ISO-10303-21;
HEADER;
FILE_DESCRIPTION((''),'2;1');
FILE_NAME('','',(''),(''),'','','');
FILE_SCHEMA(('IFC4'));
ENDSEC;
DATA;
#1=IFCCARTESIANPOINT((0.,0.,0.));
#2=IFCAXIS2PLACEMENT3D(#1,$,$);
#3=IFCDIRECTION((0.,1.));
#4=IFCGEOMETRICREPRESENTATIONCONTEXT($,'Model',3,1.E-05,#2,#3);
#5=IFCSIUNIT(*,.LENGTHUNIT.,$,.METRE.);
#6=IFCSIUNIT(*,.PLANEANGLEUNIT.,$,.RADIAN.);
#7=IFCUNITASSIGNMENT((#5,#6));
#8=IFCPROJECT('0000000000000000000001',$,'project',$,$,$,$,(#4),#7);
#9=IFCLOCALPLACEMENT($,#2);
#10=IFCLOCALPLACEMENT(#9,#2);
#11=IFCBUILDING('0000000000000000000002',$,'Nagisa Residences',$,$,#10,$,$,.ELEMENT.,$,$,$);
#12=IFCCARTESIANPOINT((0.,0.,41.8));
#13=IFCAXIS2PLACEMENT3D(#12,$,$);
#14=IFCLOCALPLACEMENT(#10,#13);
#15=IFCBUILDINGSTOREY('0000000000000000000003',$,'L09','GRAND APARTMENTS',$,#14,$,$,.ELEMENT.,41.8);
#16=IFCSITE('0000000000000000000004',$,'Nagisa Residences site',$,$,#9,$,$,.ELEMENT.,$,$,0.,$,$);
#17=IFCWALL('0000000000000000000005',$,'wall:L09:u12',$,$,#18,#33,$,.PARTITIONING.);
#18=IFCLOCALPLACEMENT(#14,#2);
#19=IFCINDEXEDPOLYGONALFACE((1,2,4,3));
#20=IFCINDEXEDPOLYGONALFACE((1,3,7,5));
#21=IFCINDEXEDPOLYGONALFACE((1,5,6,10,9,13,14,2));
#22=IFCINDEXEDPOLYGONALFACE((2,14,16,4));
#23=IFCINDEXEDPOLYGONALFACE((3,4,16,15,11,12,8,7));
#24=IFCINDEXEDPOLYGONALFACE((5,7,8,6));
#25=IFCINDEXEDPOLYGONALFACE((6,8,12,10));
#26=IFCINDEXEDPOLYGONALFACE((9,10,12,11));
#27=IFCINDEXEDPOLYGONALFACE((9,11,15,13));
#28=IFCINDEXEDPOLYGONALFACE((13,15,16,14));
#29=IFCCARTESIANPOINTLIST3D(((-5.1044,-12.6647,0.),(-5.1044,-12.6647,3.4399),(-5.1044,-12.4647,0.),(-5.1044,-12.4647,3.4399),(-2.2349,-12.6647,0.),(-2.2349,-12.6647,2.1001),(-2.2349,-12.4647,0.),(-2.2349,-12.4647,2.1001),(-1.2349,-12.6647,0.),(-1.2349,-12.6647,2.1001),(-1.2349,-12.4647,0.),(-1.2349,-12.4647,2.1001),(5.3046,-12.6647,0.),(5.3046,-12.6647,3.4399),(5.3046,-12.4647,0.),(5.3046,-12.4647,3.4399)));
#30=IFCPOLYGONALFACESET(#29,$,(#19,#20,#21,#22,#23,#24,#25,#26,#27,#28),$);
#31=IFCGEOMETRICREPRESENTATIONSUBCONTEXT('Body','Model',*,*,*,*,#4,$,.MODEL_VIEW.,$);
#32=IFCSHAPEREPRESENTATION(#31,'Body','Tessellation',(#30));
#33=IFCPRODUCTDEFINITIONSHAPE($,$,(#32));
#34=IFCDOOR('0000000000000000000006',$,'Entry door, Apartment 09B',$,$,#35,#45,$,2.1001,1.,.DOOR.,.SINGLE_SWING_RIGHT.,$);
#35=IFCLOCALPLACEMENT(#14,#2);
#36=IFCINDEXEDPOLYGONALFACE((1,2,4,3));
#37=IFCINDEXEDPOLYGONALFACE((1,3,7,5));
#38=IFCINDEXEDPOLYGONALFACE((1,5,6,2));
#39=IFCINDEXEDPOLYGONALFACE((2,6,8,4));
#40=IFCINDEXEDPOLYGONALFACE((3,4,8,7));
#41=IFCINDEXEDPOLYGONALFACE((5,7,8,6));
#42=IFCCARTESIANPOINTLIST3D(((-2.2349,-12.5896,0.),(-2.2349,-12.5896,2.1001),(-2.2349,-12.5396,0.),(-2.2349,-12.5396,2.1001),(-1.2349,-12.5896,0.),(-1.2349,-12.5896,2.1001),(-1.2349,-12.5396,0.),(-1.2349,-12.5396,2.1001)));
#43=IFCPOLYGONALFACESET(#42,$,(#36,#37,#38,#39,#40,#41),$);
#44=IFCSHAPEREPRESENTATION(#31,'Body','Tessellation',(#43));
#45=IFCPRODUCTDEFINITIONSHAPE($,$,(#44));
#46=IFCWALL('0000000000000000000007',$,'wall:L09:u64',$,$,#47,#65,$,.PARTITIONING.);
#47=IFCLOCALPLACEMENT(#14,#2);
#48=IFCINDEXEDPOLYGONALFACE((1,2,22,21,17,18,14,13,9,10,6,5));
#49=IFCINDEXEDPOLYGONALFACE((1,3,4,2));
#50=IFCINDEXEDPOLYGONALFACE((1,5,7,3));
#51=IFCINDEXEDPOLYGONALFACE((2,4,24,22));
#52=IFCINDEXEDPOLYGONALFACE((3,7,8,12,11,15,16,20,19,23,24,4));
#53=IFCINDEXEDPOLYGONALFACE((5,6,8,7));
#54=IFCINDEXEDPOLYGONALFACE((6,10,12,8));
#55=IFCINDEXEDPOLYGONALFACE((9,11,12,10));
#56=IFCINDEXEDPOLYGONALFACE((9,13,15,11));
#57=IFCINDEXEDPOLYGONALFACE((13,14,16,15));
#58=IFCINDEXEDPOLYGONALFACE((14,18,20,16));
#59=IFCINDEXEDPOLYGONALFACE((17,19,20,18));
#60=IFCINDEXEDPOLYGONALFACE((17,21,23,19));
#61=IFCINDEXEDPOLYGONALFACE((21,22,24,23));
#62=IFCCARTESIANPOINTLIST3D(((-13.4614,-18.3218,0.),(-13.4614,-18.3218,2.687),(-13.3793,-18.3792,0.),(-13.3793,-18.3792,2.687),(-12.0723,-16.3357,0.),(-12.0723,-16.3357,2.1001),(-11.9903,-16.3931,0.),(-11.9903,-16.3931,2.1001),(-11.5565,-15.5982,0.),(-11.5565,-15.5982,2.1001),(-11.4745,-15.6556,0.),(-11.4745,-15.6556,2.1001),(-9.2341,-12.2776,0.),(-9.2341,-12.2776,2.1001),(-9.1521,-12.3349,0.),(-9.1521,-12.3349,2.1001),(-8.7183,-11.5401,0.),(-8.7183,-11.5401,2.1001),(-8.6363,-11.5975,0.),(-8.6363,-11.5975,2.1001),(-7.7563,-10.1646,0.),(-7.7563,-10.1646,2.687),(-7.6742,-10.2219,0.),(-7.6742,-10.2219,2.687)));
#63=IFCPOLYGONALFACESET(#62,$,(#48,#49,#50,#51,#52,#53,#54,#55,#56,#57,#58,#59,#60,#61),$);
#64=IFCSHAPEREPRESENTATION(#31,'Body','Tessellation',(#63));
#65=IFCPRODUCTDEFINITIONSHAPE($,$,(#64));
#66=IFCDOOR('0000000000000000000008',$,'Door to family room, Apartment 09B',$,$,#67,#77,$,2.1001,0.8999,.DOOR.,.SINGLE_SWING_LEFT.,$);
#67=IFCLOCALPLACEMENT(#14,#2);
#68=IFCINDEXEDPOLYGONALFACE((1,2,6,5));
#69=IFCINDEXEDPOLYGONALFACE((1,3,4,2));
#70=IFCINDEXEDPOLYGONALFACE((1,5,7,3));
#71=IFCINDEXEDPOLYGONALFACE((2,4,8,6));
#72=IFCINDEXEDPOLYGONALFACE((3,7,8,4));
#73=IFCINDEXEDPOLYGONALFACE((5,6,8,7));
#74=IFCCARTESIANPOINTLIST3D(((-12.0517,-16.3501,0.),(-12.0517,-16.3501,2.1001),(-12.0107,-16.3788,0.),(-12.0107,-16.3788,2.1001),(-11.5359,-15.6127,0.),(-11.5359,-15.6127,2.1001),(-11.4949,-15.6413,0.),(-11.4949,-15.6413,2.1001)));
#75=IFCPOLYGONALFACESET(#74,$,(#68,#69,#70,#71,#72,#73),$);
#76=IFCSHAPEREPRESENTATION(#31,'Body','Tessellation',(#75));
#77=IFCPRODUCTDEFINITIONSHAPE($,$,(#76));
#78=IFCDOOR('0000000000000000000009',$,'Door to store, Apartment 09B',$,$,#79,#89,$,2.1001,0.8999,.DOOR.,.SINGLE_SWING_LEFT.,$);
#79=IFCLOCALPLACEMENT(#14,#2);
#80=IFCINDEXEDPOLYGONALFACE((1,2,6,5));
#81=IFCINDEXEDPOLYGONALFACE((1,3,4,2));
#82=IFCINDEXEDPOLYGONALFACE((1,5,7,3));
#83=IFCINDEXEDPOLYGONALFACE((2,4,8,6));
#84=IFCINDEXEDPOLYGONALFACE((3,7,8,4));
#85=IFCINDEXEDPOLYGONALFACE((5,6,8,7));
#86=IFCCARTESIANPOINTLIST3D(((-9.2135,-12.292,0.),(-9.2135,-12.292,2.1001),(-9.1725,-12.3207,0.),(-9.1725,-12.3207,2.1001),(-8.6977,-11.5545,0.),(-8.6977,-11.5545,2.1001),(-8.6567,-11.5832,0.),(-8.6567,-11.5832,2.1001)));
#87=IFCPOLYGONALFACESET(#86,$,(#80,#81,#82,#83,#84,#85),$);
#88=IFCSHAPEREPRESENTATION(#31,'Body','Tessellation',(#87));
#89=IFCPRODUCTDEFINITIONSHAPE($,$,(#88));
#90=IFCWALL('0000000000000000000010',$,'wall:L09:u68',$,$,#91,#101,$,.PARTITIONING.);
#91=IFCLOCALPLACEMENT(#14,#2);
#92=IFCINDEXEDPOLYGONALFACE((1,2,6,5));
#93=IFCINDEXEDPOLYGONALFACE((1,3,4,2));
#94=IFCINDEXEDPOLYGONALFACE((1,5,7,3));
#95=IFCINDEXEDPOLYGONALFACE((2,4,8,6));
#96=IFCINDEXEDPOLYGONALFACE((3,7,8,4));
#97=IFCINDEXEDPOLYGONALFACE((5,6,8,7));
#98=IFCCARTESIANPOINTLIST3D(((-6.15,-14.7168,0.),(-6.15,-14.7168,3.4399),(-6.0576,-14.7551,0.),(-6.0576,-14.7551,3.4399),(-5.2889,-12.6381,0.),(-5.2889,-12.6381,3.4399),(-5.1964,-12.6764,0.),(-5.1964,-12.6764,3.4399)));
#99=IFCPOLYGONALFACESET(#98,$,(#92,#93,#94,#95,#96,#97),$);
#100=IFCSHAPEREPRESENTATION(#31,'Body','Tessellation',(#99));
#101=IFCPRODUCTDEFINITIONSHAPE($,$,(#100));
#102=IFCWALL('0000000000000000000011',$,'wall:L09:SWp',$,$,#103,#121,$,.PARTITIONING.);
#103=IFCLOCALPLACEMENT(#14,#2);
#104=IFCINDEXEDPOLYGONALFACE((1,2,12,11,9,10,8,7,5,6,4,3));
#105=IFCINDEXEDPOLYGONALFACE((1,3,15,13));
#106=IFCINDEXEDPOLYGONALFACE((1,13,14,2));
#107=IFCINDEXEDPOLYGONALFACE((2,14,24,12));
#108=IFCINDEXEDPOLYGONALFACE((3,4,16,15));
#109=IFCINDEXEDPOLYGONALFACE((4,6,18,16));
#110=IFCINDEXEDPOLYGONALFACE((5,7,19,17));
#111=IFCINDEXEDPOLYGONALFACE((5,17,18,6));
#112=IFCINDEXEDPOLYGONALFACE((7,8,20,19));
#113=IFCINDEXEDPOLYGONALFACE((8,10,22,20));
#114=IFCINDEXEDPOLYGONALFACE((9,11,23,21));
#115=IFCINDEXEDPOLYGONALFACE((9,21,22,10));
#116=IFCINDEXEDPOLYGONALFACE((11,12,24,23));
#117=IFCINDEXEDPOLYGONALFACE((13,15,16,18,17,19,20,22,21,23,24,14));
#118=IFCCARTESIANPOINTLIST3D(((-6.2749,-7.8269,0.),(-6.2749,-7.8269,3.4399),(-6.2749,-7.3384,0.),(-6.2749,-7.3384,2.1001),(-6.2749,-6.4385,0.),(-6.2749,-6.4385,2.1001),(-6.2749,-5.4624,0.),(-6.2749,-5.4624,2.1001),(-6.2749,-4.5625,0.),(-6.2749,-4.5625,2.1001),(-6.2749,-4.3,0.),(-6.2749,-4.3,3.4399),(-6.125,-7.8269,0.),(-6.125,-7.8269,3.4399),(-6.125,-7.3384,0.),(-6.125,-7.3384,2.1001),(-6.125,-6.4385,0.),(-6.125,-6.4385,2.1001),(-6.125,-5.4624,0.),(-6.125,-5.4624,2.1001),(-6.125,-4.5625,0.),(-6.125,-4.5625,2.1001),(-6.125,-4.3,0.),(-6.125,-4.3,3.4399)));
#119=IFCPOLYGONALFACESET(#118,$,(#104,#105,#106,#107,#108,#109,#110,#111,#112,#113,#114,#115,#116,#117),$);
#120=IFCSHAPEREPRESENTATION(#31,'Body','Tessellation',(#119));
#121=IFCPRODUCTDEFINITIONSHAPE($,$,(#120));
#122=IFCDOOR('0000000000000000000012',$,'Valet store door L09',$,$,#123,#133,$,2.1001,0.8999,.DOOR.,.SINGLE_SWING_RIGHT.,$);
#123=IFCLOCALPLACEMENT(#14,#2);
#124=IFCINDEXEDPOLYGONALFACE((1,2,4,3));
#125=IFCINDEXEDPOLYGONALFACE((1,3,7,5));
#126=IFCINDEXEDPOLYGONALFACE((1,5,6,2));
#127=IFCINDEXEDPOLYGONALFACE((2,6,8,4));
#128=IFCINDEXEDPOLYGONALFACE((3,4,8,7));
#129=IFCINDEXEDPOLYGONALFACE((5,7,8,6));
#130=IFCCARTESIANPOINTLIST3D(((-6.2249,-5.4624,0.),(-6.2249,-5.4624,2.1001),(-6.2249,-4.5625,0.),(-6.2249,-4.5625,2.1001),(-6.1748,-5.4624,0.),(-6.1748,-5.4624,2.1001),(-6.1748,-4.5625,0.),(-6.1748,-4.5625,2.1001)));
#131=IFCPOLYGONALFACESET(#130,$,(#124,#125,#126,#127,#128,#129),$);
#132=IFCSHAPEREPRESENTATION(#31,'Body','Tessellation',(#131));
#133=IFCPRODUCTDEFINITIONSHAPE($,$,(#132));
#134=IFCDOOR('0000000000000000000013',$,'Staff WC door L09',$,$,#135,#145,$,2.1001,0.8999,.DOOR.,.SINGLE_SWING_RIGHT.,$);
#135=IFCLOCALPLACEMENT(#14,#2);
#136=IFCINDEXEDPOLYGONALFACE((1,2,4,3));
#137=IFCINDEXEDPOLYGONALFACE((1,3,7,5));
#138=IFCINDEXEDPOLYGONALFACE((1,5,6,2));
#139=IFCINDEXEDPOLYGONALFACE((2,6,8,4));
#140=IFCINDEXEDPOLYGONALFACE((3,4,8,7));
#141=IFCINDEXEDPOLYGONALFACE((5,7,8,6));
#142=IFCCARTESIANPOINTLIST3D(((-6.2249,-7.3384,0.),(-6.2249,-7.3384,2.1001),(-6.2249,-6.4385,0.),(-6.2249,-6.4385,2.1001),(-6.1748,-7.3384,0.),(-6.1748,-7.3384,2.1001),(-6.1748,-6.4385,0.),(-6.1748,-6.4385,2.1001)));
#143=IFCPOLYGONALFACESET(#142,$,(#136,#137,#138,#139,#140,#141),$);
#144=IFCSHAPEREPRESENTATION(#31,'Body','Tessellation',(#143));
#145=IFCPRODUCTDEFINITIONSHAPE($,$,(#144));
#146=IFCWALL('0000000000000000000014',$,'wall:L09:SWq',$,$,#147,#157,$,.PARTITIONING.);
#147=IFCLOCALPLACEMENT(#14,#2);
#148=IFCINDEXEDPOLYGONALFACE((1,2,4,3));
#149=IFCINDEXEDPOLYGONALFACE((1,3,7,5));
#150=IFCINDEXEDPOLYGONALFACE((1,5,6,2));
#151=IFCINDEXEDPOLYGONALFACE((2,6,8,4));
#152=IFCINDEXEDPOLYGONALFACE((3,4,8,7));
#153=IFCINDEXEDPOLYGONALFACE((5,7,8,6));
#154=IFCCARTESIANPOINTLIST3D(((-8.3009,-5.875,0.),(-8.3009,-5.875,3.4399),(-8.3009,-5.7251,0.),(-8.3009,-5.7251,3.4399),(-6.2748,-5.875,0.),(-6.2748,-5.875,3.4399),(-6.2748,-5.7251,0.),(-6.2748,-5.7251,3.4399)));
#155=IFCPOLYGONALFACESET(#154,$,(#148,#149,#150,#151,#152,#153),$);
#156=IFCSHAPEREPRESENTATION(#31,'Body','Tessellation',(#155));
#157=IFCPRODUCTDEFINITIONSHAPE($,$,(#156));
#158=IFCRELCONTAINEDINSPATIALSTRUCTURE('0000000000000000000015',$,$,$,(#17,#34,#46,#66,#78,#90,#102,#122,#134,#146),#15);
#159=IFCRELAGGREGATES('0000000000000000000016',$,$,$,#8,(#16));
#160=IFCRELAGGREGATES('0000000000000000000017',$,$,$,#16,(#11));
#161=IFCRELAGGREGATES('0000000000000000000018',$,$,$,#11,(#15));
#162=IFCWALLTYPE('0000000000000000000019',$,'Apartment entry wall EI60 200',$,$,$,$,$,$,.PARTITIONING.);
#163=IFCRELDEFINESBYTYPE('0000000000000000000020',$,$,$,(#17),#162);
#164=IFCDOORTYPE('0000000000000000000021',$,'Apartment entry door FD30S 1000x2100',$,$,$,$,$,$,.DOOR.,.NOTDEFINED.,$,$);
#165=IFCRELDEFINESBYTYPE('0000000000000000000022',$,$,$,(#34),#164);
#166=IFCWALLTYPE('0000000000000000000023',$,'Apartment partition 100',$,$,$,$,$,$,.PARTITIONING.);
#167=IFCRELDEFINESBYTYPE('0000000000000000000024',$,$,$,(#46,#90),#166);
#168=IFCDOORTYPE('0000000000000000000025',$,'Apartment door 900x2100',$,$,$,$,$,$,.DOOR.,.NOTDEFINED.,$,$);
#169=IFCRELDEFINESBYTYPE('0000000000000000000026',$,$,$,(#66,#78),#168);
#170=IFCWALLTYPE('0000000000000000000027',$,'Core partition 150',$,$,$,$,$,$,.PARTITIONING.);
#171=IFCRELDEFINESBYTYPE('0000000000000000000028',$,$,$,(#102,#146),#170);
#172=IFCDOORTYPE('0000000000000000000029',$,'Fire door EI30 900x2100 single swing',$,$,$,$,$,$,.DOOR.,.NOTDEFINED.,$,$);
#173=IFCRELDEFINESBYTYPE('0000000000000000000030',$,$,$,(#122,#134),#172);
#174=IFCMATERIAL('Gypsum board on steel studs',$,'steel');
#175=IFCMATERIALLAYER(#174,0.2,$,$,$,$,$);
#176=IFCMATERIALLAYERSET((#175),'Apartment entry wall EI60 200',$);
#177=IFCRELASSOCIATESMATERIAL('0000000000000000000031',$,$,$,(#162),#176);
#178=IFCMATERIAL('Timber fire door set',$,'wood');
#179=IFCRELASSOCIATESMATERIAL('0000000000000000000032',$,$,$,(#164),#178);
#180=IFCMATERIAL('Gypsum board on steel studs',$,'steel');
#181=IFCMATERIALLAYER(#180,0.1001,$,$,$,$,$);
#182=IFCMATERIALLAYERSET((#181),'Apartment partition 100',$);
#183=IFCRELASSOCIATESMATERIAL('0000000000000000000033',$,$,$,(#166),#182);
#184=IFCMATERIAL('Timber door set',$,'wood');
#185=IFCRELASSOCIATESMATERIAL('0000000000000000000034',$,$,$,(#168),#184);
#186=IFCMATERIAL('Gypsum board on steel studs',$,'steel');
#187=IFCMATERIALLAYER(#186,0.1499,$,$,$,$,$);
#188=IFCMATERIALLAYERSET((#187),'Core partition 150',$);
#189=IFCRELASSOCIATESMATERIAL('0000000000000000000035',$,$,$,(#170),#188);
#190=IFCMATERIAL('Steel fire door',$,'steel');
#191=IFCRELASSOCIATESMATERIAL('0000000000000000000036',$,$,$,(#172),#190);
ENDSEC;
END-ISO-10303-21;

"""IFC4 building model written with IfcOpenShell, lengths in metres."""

from ifc_helpers import new_model, si_unit, direction, frame, frame_2d, origin, place, context, subcontext, project, spatial, rectangle, extrude, material, layer, layer_set, type_object, element, fill, save


model = new_model("IFC4")

# Units and contexts
model_context = context("Model", 3, precision=1e-05, world=origin(), true_north=direction((0.0, 1.0)))
body_context = subcontext(model_context, "Body", "Model", "MODEL_VIEW")
ifc_project = project(units=[si_unit("LENGTHUNIT", "METRE"), si_unit("PLANEANGLEUNIT", "RADIAN")], contexts=[model_context])

# Site, building, storey
site_placement = place(None, origin())
site = spatial("IfcSite", under=ifc_project, at=site_placement, Name="Nagisa Residences site", CompositionType="ELEMENT", RefElevation=0.0)
building_placement = place(site_placement, origin())
building = spatial("IfcBuilding", under=site, at=building_placement, Name="Nagisa Residences", CompositionType="ELEMENT")
storey_placement = place(building_placement, frame((0.0, 0.0, 41.8)))
storey = spatial("IfcBuildingStorey", under=building, at=storey_placement, Name="L09", Description="GRAND APARTMENTS", CompositionType="ELEMENT", Elevation=41.8)

# Wall, opening, door
ifc_material_1 = material(Name="Gypsum board on steel studs", Category="steel")
ifc_layer_1 = layer(ifc_material_1, 0.2)
ifc_layer_set_1 = layer_set([ifc_layer_1], Name="Apartment entry wall EI60 200")
wall_type_1 = type_object("IfcWallType", Name="Apartment entry wall EI60 200", PredefinedType="PARTITIONING", material=ifc_layer_set_1)
wall_1_placement = place(storey_placement, frame((-5.1045, -12.5647, 0.0), z_axis=(0.0, 0.0, 1.0), x_axis=(1.0, 0.0, 0.0)))
wall_1 = element("IfcWall", 1, at=wall_1_placement, inside=storey, type_object=wall_type_1, Name="wall:L09:u12", PredefinedType="PARTITIONING", context=body_context, shape_type="SweptSolid", body=[
    extrude(rectangle(XDim=10.4089, YDim=0.2, at=frame_2d((5.2046, 0.0))), origin(), (0.0, 0.0, 1.0), 3.4399),
])
opening_1_placement = place(wall_1_placement, frame((2.8696, 0.0, 0.0)))
opening_1 = element("IfcOpeningElement", 2, at=opening_1_placement, cuts=wall_1, PredefinedType="OPENING", context=body_context, shape_type="SweptSolid", body=[
    extrude(rectangle(XDim=1.0, YDim=2.1001, at=frame_2d((0.5, 1.05))), frame((0.0, 0.1099, 0.0), z_axis=(0.0, -1.0, 0.0), x_axis=(1.0, 0.0, 0.0)), (0.0, 0.0, 1.0), 0.22),
])
ifc_material_2 = material(Name="Timber fire door set", Category="wood")
door_type_1 = type_object("IfcDoorType", Name="Apartment entry door FD30S 1000x2100", OperationType="NOTDEFINED", PredefinedType="DOOR", material=ifc_material_2)
door_1_placement = place(opening_1_placement, frame((1.0, 0.0, 0.0), x_axis=(-1.0, 0.0, 0.0)))
door_1 = element("IfcDoor", 3, at=door_1_placement, inside=storey, type_object=door_type_1, Name="Entry door, Apartment 09B", OperationType="SINGLE_SWING_RIGHT", OverallHeight=2.1001, OverallWidth=1.0, PredefinedType="DOOR", context=body_context, shape_type="SweptSolid", body=[
    extrude(rectangle(XDim=1.0, YDim=2.1001, at=frame_2d((0.5, 1.05))), frame((0.0, 0.0249, 0.0), z_axis=(0.0, -1.0, 0.0), x_axis=(1.0, 0.0, 0.0)), (0.0, 0.0, 1.0), 0.05),
])
fill(opening_1, door_1)

# Wall, openings, doors
ifc_material_3 = material(Name="Gypsum board on steel studs", Category="steel")
ifc_layer_2 = layer(ifc_material_3, 0.1001)
ifc_layer_set_2 = layer_set([ifc_layer_2], Name="Apartment partition 100")
wall_type_2 = type_object("IfcWallType", Name="Apartment partition 100", PredefinedType="PARTITIONING", material=ifc_layer_set_2)
wall_2_placement = place(storey_placement, frame((-7.7153, -10.1934, 0.0), z_axis=(0.0, 0.0, 1.0), x_axis=(-0.573127, -0.819467, 0.0)))
wall_2 = element("IfcWall", 4, at=wall_2_placement, inside=storey, type_object=wall_type_2, Name="wall:L09:u64", PredefinedType="PARTITIONING", context=body_context, shape_type="SweptSolid", body=[
    extrude(rectangle(XDim=9.9543, YDim=0.1001, at=frame_2d((4.9771, 0.0))), origin(), (0.0, 0.0, 1.0), 2.687),
])
opening_2_placement = place(wall_2_placement, frame((6.6306, 0.0, 0.0)))
opening_2 = element("IfcOpeningElement", 5, at=opening_2_placement, cuts=wall_2, PredefinedType="OPENING", context=body_context, shape_type="SweptSolid", body=[
    extrude(rectangle(XDim=0.8999, YDim=2.1001, at=frame_2d((0.45, 1.05))), frame((0.0, 0.0601, 0.0), z_axis=(0.0, -1.0, 0.0), x_axis=(1.0, 0.0, 0.0)), (0.0, 0.0, 1.0), 0.1201),
])
opening_3_placement = place(wall_2_placement, frame((1.6785, 0.0, 0.0)))
opening_3 = element("IfcOpeningElement", 6, at=opening_3_placement, cuts=wall_2, PredefinedType="OPENING", context=body_context, shape_type="SweptSolid", body=[
    extrude(rectangle(XDim=0.8999, YDim=2.1001, at=frame_2d((0.45, 1.05))), frame((0.0, 0.0601, 0.0), z_axis=(0.0, -1.0, 0.0), x_axis=(1.0, 0.0, 0.0)), (0.0, 0.0, 1.0), 0.1201),
])
ifc_material_4 = material(Name="Timber door set", Category="wood")
door_type_2 = type_object("IfcDoorType", Name="Apartment door 900x2100", OperationType="NOTDEFINED", PredefinedType="DOOR", material=ifc_material_4)
door_2_placement = place(opening_2_placement, frame((0.8999, 0.0, 0.0), x_axis=(-1.0, 0.0, 0.0)))
door_2 = element("IfcDoor", 7, at=door_2_placement, inside=storey, type_object=door_type_2, Name="Door to family room, Apartment 09B", OperationType="SINGLE_SWING_LEFT", OverallHeight=2.1001, OverallWidth=0.8999, PredefinedType="DOOR", context=body_context, shape_type="SweptSolid", body=[
    extrude(rectangle(XDim=0.8999, YDim=2.1001, at=frame_2d((0.45, 1.05))), frame((0.0, 0.0249, 0.0), z_axis=(0.0, -1.0, 0.0), x_axis=(1.0, 0.0, 0.0)), (0.0, 0.0, 1.0), 0.05),
])
fill(opening_2, door_2)
door_3_placement = place(opening_3_placement, frame((0.8999, 0.0, 0.0), x_axis=(-1.0, 0.0, 0.0)))
door_3 = element("IfcDoor", 8, at=door_3_placement, inside=storey, type_object=door_type_2, Name="Door to store, Apartment 09B", OperationType="SINGLE_SWING_LEFT", OverallHeight=2.1001, OverallWidth=0.8999, PredefinedType="DOOR", context=body_context, shape_type="SweptSolid", body=[
    extrude(rectangle(XDim=0.8999, YDim=2.1001, at=frame_2d((0.45, 1.05))), frame((0.0, 0.0249, 0.0), z_axis=(0.0, -1.0, 0.0), x_axis=(1.0, 0.0, 0.0)), (0.0, 0.0, 1.0), 0.05),
])
fill(opening_3, door_3)

# Wall
wall_3_placement = place(storey_placement, frame((-5.2427, -12.6572, 0.0), z_axis=(0.0, 0.0, 1.0), x_axis=(-0.382719, -0.923865, 0.0)))
element("IfcWall", 9, at=wall_3_placement, inside=storey, type_object=wall_type_2, Name="wall:L09:u68", PredefinedType="PARTITIONING", context=body_context, shape_type="SweptSolid", body=[
    extrude(rectangle(XDim=2.25, YDim=0.1001, at=frame_2d((1.125, 0.0))), origin(), (0.0, 0.0, 1.0), 3.4399),
])

# Wall, openings, doors
ifc_material_5 = material(Name="Gypsum board on steel studs", Category="steel")
ifc_layer_3 = layer(ifc_material_5, 0.1499)
ifc_layer_set_3 = layer_set([ifc_layer_3], Name="Core partition 150")
wall_type_3 = type_object("IfcWallType", Name="Core partition 150", PredefinedType="PARTITIONING", material=ifc_layer_set_3)
wall_4_placement = place(storey_placement, frame((-6.2, -7.8269, 0.0), z_axis=(0.0, 0.0, 1.0), x_axis=(0.0, 1.0, 0.0)))
wall_4 = element("IfcWall", 10, at=wall_4_placement, inside=storey, type_object=wall_type_3, Name="wall:L09:SWp", PredefinedType="PARTITIONING", context=body_context, shape_type="SweptSolid", body=[
    extrude(rectangle(XDim=3.5269, YDim=0.1499, at=frame_2d((1.7634, 0.0))), origin(), (0.0, 0.0, 1.0), 3.4399),
])
opening_4_placement = place(wall_4_placement, frame((2.3645, 0.0, 0.0)))
opening_4 = element("IfcOpeningElement", 11, at=opening_4_placement, cuts=wall_4, PredefinedType="OPENING", context=body_context, shape_type="SweptSolid", body=[
    extrude(rectangle(XDim=0.8999, YDim=2.1001, at=frame_2d((0.45, 1.05))), frame((0.0, 0.085, 0.0), z_axis=(0.0, -1.0, 0.0), x_axis=(1.0, 0.0, 0.0)), (0.0, 0.0, 1.0), 0.1699),
])
opening_5_placement = place(wall_4_placement, frame((0.4885, 0.0, 0.0)))
opening_5 = element("IfcOpeningElement", 12, at=opening_5_placement, cuts=wall_4, PredefinedType="OPENING", context=body_context, shape_type="SweptSolid", body=[
    extrude(rectangle(XDim=0.8999, YDim=2.1001, at=frame_2d((0.45, 1.05))), frame((0.0, 0.085, 0.0), z_axis=(0.0, -1.0, 0.0), x_axis=(1.0, 0.0, 0.0)), (0.0, 0.0, 1.0), 0.1699),
])
ifc_material_6 = material(Name="Steel fire door", Category="steel")
door_type_3 = type_object("IfcDoorType", Name="Fire door EI30 900x2100 single swing", OperationType="NOTDEFINED", PredefinedType="DOOR", material=ifc_material_6)
door_4_placement = place(opening_4_placement, origin())
door_4 = element("IfcDoor", 13, at=door_4_placement, inside=storey, type_object=door_type_3, Name="Valet store door L09", OperationType="SINGLE_SWING_RIGHT", OverallHeight=2.1001, OverallWidth=0.8999, PredefinedType="DOOR", context=body_context, shape_type="SweptSolid", body=[
    extrude(rectangle(XDim=0.8999, YDim=2.1001, at=frame_2d((0.45, 1.05))), frame((0.0, 0.0249, 0.0), z_axis=(0.0, -1.0, 0.0), x_axis=(1.0, 0.0, 0.0)), (0.0, 0.0, 1.0), 0.05),
])
fill(opening_4, door_4)
door_5_placement = place(opening_5_placement, origin())
door_5 = element("IfcDoor", 14, at=door_5_placement, inside=storey, type_object=door_type_3, Name="Staff WC door L09", OperationType="SINGLE_SWING_RIGHT", OverallHeight=2.1001, OverallWidth=0.8999, PredefinedType="DOOR", context=body_context, shape_type="SweptSolid", body=[
    extrude(rectangle(XDim=0.8999, YDim=2.1001, at=frame_2d((0.45, 1.05))), frame((0.0, 0.0249, 0.0), z_axis=(0.0, -1.0, 0.0), x_axis=(1.0, 0.0, 0.0)), (0.0, 0.0, 1.0), 0.05),
])
fill(opening_5, door_5)

# Wall
wall_5_placement = place(storey_placement, frame((-8.301, -5.8, 0.0), z_axis=(0.0, 0.0, 1.0), x_axis=(1.0, 0.0, 0.0)))
element("IfcWall", 15, at=wall_5_placement, inside=storey, type_object=wall_type_3, Name="wall:L09:SWq", PredefinedType="PARTITIONING", context=body_context, shape_type="SweptSolid", body=[
    extrude(rectangle(XDim=2.0261, YDim=0.1499, at=frame_2d((1.0132, 0.0))), origin(), (0.0, 0.0, 1.0), 3.4399),
])

save(model, "model.ifc")
